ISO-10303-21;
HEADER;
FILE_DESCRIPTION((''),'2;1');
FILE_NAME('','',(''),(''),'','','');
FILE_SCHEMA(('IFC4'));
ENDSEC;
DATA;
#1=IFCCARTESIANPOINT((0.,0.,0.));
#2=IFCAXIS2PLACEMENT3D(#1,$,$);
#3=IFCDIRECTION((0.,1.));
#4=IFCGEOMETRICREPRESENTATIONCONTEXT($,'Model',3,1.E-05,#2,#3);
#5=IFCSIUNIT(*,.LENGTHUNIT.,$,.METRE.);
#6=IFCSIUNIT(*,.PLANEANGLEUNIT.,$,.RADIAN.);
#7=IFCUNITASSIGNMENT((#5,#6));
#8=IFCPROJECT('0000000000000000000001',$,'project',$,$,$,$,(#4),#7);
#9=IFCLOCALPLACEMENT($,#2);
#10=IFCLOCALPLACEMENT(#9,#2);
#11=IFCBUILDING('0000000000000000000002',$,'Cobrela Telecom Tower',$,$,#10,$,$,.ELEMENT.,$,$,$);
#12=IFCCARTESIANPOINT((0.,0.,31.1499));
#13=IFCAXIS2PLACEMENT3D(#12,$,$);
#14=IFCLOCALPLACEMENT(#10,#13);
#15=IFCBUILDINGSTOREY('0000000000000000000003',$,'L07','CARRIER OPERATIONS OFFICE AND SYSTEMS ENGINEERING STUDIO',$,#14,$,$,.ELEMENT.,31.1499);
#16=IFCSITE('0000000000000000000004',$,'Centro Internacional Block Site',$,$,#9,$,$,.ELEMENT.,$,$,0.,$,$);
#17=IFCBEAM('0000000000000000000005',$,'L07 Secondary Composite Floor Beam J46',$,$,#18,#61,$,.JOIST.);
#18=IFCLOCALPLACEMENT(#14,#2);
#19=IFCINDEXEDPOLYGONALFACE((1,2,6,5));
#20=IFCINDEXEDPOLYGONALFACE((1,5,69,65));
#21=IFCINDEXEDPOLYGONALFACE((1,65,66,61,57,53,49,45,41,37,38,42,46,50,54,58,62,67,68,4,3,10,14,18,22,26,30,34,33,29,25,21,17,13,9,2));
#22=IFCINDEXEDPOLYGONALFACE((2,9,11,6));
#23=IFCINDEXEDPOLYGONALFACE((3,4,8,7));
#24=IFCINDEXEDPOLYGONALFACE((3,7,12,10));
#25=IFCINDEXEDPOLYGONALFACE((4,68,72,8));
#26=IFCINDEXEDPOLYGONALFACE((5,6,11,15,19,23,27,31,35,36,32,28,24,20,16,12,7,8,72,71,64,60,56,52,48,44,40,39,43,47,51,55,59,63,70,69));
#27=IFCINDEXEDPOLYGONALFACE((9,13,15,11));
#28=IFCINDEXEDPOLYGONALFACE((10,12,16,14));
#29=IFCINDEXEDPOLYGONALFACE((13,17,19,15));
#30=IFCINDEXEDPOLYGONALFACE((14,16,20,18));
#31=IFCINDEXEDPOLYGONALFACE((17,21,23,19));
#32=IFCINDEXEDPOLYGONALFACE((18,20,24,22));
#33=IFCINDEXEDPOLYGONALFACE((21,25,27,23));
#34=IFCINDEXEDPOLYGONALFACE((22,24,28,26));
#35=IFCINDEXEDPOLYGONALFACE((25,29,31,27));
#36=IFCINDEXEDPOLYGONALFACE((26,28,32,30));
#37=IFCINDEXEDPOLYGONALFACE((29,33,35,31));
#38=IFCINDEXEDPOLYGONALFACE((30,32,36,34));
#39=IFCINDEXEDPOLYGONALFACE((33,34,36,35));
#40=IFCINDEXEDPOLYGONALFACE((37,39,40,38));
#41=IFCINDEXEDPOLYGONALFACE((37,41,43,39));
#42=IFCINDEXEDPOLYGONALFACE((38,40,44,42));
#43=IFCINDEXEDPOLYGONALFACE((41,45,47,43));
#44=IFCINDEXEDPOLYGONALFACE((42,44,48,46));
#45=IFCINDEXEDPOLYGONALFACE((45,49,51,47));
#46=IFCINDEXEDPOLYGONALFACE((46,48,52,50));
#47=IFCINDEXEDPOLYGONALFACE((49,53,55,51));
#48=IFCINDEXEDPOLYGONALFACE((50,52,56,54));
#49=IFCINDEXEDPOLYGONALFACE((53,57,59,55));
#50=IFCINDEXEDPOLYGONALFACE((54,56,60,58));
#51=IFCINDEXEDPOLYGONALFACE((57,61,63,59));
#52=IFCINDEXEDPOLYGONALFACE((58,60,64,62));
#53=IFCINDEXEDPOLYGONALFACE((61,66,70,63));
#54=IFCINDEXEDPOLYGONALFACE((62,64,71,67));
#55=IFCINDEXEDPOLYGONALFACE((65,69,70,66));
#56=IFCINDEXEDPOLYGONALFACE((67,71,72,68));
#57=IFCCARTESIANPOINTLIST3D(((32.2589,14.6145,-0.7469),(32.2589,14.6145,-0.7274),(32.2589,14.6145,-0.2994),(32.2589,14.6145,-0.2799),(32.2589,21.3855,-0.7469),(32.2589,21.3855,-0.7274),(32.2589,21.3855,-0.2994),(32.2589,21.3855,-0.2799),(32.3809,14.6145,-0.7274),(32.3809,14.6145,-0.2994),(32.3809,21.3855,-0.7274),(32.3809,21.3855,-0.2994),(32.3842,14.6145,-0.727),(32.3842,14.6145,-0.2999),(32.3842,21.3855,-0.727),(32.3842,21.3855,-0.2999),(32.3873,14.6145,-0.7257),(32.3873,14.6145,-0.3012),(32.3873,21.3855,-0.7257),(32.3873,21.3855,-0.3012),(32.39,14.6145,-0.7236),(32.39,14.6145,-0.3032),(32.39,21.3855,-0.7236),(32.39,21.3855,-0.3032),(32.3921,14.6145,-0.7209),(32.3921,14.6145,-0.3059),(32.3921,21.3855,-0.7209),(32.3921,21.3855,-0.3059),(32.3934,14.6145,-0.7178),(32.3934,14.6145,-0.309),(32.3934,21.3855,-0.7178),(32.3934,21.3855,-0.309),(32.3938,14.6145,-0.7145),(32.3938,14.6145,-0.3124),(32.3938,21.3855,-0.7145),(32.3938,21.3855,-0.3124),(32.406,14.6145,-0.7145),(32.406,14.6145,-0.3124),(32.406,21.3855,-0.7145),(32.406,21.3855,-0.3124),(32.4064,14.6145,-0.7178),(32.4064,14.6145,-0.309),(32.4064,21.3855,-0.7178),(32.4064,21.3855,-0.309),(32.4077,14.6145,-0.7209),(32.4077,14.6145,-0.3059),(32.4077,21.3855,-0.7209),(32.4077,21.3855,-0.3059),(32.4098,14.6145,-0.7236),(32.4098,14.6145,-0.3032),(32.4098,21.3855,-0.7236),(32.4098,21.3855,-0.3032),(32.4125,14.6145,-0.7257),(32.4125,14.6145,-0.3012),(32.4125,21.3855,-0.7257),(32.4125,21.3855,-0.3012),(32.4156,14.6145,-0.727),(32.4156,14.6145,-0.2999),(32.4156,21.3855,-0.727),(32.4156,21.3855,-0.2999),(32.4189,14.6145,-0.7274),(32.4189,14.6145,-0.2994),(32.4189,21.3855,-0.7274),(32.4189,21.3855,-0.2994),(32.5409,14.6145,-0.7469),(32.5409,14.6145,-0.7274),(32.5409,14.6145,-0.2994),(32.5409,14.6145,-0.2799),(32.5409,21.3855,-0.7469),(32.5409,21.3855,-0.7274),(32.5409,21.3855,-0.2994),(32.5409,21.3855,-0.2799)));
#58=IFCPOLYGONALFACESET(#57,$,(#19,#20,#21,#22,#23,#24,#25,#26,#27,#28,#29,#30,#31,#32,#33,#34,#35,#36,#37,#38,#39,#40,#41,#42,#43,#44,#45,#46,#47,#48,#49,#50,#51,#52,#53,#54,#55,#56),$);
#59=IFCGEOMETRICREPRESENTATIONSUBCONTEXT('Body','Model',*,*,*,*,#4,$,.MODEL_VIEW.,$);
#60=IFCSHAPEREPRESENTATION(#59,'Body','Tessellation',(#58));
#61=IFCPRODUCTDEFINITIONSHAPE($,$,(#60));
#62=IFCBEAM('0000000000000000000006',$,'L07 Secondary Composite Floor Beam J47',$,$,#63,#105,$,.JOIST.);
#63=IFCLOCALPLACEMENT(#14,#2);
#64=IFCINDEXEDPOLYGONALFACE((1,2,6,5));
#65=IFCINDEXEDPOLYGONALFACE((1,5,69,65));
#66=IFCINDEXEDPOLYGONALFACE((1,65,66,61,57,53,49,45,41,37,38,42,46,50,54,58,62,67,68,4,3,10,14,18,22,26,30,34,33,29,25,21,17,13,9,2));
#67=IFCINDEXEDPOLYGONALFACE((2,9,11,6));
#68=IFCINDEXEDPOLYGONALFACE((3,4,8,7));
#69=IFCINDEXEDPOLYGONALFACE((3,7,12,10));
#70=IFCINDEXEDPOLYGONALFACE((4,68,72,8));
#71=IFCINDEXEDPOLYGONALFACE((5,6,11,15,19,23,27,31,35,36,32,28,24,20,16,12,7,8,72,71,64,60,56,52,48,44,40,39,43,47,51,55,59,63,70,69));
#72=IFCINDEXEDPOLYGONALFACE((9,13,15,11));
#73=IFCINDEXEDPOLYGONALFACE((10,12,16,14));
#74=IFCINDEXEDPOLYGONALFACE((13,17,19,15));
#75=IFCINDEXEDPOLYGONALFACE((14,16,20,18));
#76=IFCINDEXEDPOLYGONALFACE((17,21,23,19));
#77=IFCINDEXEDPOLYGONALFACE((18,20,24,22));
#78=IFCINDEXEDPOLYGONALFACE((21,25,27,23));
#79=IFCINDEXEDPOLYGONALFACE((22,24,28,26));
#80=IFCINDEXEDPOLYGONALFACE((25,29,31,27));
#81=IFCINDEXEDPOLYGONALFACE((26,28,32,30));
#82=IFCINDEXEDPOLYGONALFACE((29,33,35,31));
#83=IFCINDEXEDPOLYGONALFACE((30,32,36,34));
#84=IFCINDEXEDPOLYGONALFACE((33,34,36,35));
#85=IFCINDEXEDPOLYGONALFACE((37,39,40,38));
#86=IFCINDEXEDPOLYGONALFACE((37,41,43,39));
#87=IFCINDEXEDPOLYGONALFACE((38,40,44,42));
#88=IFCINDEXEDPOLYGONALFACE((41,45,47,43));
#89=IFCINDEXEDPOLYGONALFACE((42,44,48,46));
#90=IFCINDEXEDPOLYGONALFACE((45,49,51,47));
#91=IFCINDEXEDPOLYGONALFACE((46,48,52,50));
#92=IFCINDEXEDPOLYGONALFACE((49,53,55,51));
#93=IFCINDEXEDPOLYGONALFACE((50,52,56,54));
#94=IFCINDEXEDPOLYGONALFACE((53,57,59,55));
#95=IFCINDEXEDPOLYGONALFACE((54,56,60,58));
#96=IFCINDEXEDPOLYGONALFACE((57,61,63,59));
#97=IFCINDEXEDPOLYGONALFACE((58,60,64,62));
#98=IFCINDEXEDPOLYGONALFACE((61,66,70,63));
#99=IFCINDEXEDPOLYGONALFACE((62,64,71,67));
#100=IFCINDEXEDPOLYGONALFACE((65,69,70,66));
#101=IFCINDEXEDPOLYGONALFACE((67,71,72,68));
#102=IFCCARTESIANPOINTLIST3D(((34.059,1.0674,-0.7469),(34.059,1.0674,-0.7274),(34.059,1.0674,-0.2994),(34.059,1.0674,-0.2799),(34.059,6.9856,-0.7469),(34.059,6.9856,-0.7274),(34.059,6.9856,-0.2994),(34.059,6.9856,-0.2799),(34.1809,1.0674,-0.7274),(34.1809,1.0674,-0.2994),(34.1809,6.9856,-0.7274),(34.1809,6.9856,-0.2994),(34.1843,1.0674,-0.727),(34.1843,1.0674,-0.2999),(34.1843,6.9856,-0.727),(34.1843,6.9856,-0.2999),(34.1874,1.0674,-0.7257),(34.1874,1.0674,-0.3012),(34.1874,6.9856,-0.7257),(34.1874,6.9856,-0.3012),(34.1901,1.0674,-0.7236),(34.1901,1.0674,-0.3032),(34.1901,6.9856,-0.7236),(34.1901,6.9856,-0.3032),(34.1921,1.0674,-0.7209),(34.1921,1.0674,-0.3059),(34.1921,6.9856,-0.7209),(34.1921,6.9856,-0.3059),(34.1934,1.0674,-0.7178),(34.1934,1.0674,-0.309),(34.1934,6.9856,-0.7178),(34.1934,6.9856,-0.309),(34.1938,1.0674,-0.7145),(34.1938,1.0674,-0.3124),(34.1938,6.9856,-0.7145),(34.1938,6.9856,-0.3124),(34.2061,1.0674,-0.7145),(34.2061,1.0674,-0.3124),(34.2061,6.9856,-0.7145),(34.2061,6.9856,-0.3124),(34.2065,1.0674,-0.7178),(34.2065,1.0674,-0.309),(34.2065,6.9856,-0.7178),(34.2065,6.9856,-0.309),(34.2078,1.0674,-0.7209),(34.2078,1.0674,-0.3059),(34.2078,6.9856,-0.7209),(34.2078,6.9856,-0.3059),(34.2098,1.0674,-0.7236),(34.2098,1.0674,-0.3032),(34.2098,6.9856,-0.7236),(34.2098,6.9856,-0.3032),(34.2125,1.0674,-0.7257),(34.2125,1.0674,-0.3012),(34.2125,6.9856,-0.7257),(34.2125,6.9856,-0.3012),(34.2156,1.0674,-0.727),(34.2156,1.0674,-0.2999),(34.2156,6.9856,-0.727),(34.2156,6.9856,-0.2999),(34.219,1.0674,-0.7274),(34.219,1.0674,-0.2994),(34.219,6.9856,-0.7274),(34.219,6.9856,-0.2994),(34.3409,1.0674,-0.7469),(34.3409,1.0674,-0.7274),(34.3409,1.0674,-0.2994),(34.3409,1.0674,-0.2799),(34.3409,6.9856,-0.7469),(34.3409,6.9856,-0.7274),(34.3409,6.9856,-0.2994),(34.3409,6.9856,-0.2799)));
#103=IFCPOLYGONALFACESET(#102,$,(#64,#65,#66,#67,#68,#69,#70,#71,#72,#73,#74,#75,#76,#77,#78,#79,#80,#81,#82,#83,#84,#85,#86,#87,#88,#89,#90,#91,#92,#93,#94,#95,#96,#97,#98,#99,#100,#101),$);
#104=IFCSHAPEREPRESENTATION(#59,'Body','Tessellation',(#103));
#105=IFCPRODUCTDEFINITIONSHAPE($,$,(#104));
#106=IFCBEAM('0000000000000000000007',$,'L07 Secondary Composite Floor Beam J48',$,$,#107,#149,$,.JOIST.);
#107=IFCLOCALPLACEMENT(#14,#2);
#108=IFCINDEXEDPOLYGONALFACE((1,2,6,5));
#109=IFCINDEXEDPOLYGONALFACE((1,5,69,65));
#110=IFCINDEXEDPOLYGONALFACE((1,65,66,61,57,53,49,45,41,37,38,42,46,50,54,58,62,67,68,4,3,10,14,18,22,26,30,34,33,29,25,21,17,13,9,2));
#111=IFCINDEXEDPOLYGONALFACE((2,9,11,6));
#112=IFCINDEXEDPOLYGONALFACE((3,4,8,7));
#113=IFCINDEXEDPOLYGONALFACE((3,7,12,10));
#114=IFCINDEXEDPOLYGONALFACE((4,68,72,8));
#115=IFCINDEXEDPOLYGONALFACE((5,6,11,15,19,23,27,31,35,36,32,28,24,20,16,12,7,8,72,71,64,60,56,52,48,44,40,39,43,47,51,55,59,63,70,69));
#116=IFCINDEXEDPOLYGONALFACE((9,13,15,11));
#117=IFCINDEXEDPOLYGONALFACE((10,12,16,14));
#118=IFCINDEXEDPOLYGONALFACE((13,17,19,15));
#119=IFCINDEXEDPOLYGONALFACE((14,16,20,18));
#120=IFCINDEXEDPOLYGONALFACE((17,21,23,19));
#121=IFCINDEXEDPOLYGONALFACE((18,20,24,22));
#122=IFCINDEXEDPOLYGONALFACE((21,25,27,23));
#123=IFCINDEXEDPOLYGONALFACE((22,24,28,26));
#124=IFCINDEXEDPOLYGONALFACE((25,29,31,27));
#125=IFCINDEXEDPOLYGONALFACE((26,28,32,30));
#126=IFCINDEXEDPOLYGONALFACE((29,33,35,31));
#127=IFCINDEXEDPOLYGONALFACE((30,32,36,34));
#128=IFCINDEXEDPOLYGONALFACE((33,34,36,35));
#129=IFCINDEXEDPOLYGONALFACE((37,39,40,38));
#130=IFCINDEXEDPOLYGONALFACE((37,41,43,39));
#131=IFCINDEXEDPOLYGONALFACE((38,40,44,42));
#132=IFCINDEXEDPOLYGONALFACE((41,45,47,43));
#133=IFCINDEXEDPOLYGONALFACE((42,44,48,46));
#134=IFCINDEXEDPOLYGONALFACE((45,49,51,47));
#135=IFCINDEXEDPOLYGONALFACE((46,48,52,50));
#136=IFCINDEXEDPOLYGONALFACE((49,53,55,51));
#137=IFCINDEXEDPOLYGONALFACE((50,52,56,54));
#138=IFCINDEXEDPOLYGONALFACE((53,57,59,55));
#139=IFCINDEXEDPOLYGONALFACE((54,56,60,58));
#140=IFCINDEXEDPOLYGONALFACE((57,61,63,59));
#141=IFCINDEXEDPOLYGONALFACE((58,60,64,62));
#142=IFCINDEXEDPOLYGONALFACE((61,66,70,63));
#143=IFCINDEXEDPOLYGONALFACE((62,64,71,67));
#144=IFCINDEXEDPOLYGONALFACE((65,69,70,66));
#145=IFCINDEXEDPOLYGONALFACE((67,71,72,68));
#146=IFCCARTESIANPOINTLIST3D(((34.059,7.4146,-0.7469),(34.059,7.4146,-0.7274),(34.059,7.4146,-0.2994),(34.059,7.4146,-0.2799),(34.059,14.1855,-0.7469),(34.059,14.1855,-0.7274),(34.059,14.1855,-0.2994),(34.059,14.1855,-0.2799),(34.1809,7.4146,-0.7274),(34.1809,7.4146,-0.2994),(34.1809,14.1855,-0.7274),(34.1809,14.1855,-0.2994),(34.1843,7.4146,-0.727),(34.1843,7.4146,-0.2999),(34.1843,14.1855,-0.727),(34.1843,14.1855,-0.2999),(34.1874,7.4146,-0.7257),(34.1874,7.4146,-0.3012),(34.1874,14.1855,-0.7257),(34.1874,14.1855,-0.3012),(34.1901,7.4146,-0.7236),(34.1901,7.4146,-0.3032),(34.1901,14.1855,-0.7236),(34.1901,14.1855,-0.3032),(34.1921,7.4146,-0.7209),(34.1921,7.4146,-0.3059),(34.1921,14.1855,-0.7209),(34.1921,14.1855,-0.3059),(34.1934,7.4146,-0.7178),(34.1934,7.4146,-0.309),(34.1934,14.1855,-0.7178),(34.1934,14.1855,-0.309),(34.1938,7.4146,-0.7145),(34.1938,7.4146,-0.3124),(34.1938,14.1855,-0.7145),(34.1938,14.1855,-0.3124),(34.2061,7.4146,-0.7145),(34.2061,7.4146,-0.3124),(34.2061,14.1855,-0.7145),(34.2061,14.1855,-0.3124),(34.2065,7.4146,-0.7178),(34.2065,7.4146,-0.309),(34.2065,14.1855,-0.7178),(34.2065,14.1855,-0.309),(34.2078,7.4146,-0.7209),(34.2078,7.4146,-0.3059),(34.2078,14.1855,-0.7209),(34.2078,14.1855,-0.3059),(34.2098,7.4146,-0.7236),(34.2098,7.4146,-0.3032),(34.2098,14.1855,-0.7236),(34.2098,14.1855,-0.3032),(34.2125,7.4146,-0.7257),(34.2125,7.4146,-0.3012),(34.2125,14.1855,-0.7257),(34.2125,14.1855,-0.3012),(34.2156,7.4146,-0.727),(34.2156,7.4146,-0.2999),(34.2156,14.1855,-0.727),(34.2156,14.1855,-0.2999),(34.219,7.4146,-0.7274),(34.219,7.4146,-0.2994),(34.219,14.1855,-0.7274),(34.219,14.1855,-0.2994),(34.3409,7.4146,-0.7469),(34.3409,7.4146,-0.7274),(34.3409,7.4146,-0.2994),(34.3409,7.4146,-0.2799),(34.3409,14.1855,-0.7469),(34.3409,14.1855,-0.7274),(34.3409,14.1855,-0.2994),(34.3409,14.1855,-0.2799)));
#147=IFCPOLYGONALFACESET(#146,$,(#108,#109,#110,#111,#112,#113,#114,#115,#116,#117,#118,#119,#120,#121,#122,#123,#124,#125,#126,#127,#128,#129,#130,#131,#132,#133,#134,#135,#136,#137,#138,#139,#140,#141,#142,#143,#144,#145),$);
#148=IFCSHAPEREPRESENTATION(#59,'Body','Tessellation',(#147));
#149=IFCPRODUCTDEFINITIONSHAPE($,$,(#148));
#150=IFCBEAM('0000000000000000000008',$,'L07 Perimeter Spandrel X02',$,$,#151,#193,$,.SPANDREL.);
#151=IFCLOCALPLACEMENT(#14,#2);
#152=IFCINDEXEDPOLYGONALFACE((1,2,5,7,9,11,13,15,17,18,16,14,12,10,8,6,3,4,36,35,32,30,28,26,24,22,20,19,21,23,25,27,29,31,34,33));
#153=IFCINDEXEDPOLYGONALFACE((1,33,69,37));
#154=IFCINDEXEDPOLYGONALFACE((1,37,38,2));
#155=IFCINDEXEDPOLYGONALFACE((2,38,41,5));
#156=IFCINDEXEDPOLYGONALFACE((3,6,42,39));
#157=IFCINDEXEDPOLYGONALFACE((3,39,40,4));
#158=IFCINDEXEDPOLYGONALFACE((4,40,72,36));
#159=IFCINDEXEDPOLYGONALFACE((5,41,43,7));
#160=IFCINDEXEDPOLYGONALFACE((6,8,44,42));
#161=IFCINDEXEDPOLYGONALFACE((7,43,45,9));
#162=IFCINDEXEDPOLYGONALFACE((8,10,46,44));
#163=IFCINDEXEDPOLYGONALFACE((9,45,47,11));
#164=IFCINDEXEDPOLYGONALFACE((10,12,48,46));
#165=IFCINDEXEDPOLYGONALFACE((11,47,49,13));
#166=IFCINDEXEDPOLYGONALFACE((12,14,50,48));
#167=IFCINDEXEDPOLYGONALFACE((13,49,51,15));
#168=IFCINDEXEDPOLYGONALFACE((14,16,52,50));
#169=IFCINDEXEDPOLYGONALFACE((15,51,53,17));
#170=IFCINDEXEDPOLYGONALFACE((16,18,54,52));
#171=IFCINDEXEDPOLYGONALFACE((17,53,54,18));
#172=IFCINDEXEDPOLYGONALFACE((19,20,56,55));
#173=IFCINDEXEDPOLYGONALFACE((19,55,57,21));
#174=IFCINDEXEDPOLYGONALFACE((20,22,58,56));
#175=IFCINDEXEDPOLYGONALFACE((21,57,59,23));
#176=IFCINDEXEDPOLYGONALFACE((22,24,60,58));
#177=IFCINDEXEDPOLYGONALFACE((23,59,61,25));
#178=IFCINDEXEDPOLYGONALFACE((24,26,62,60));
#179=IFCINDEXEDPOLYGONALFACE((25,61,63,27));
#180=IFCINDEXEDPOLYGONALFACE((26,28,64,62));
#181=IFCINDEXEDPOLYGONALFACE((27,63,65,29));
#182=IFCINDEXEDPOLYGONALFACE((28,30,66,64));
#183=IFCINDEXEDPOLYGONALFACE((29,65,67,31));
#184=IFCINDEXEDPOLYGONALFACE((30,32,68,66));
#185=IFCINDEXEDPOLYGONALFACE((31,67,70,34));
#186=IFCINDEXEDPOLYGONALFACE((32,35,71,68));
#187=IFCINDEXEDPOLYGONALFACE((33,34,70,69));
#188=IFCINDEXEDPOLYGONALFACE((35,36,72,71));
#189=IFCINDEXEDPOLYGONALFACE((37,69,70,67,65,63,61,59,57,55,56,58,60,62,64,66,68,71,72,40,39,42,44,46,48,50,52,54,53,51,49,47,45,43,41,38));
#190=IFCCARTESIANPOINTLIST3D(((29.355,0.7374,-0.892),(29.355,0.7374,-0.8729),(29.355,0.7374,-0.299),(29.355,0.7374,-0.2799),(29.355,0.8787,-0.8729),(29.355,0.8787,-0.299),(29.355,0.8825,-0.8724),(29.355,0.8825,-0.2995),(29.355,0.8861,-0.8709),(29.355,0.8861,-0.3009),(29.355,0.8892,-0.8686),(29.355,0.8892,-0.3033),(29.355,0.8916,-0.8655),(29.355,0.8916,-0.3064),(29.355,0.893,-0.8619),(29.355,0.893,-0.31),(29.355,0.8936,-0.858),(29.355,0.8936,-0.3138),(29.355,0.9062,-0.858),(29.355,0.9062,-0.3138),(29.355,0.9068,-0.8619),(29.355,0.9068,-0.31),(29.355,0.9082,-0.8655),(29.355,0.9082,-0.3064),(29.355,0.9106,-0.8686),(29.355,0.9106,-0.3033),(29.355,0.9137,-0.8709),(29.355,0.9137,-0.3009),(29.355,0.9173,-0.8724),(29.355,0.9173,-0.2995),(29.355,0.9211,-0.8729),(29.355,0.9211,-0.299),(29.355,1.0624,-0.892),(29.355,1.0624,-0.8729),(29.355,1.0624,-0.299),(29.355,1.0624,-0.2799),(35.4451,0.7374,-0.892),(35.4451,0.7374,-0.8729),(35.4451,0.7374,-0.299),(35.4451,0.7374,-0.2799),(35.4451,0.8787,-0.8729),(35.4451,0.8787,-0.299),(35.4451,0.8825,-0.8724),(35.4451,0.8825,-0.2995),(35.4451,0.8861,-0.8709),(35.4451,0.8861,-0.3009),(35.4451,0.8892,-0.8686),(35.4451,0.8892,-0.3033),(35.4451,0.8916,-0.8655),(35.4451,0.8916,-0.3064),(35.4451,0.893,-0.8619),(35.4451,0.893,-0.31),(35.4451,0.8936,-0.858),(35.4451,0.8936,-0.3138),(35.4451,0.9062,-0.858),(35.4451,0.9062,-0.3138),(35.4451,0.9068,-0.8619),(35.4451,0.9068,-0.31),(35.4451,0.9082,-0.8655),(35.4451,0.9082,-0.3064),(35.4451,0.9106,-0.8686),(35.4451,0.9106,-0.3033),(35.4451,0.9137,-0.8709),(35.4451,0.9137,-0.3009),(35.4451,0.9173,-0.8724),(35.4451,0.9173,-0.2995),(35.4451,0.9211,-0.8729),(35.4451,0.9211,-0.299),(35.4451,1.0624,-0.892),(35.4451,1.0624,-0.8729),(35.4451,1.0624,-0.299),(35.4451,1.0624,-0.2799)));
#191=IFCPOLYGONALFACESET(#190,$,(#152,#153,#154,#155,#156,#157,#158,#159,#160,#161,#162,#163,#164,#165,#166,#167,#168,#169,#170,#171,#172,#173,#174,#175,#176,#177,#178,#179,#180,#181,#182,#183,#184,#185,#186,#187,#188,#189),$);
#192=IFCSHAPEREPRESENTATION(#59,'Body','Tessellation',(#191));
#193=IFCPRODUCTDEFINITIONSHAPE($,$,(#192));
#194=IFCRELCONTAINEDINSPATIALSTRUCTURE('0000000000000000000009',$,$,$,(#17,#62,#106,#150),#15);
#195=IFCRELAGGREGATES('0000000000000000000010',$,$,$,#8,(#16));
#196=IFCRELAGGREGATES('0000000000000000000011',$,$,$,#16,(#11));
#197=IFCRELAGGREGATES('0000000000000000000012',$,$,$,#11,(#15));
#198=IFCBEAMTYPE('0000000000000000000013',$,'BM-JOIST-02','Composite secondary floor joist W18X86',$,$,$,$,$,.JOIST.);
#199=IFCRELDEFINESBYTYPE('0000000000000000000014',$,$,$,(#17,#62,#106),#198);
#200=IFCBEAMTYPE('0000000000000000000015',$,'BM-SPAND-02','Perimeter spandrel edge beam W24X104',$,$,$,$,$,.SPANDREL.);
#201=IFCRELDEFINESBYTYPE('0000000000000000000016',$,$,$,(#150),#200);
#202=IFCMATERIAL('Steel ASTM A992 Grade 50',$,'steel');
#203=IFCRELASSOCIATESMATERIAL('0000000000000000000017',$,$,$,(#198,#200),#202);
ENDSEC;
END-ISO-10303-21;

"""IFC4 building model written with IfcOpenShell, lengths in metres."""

from ifc_helpers import new_model, si_unit, direction, frame, origin, origin_2d, place, context, subcontext, project, spatial, i_section, extrude, material, material_profile, profile_set, type_object, element, save


model = new_model("IFC4")

# Units and contexts
model_context = context("Model", 3, precision=1e-05, world=origin(), true_north=direction((0.0, 1.0)))
body_context = subcontext(model_context, "Body", "Model", "MODEL_VIEW")
ifc_project = project(units=[si_unit("LENGTHUNIT", "METRE"), si_unit("PLANEANGLEUNIT", "RADIAN")], contexts=[model_context])

# Site, building, storey
site_placement = place(None, origin())
site = spatial("IfcSite", under=ifc_project, at=site_placement, Name="Centro Internacional Block Site", CompositionType="ELEMENT", RefElevation=0.0)
building_placement = place(site_placement, origin())
building = spatial("IfcBuilding", under=site, at=building_placement, Name="Cobrela Telecom Tower", CompositionType="ELEMENT")
storey_placement = place(building_placement, frame((0.0, 0.0, 31.1499)))
storey = spatial("IfcBuildingStorey", under=building, at=storey_placement, Name="L07", Description="CARRIER OPERATIONS OFFICE AND SYSTEMS ENGINEERING STUDIO", CompositionType="ELEMENT", Elevation=31.1499)

# Shared definitions
ifc_material_1 = material(Name="Steel ASTM A992 Grade 50", Category="steel")

# Beams
ifc_material_profile_1 = material_profile(ifc_material_1, i_section(OverallWidth=0.282, OverallDepth=0.467, WebThickness=0.0122, FlangeThickness=0.0195, FilletRadius=0.0129, at=origin_2d()), Name="W18X86")
ifc_profile_set_1 = profile_set([ifc_material_profile_1], Name="Steel ASTM A992 Grade 50")
beam_type_1 = type_object("IfcBeamType", Name="BM-JOIST-02", Description="Composite secondary floor joist W18X86", PredefinedType="JOIST", material=ifc_profile_set_1)
for number, where, z_axis, x_axis, name in (
    (1, (32.3999, 14.6145, -0.5134), (0.0, 1.0, 0.0), (-1.0, 0.0, 0.0), "L07 Secondary Composite Floor Beam J46"),
):
    element("IfcBeam", number, at=place(storey_placement, frame(where, z_axis=z_axis, x_axis=x_axis)), inside=storey, type_object=beam_type_1, Name=name, PredefinedType="JOIST", context=body_context, shape_type="SweptSolid", body=[
        extrude(i_section(OverallWidth=0.282, OverallDepth=0.467, WebThickness=0.0122, FlangeThickness=0.0195, FilletRadius=0.0129, at=origin_2d()), origin(), (0.0, 0.0, 1.0), 6.771),
    ])
beam_1_placement = place(storey_placement, frame((34.2, 1.0674, -0.5134), z_axis=(0.0, 1.0, 0.0), x_axis=(-1.0, 0.0, 0.0)))
element("IfcBeam", 2, at=beam_1_placement, inside=storey, type_object=beam_type_1, Name="L07 Secondary Composite Floor Beam J47", PredefinedType="JOIST", context=body_context, shape_type="SweptSolid", body=[
    extrude(i_section(OverallWidth=0.282, OverallDepth=0.467, WebThickness=0.0122, FlangeThickness=0.0195, FilletRadius=0.0129, at=origin_2d()), origin(), (0.0, 0.0, 1.0), 5.9182),
])
beam_2_placement = place(storey_placement, frame((34.2, 7.4146, -0.5134), z_axis=(0.0, 1.0, 0.0), x_axis=(-1.0, 0.0, 0.0)))
element("IfcBeam", 3, at=beam_2_placement, inside=storey, type_object=beam_type_1, Name="L07 Secondary Composite Floor Beam J48", PredefinedType="JOIST", context=body_context, shape_type="SweptSolid", body=[
    extrude(i_section(OverallWidth=0.282, OverallDepth=0.467, WebThickness=0.0122, FlangeThickness=0.0195, FilletRadius=0.0129, at=origin_2d()), origin(), (0.0, 0.0, 1.0), 6.771),
])
ifc_material_profile_2 = material_profile(ifc_material_1, i_section(OverallWidth=0.325, OverallDepth=0.6121, WebThickness=0.0127, FlangeThickness=0.019, FilletRadius=0.0149, at=origin_2d()), Name="W24X104")
ifc_profile_set_2 = profile_set([ifc_material_profile_2], Name="Steel ASTM A992 Grade 50")
beam_type_2 = type_object("IfcBeamType", Name="BM-SPAND-02", Description="Perimeter spandrel edge beam W24X104", PredefinedType="SPANDREL", material=ifc_profile_set_2)
beam_3_placement = place(storey_placement, frame((29.355, 0.8999, -0.5859), z_axis=(1.0, 0.0, 0.0), x_axis=(0.0, 1.0, 0.0)))
element("IfcBeam", 4, at=beam_3_placement, inside=storey, type_object=beam_type_2, Name="L07 Perimeter Spandrel X02", PredefinedType="SPANDREL", context=body_context, shape_type="SweptSolid", body=[
    extrude(i_section(OverallWidth=0.325, OverallDepth=0.6121, WebThickness=0.0127, FlangeThickness=0.019, FilletRadius=0.0149, at=origin_2d()), origin(), (0.0, 0.0, 1.0), 6.0901),
])

save(model, "model.ifc")
